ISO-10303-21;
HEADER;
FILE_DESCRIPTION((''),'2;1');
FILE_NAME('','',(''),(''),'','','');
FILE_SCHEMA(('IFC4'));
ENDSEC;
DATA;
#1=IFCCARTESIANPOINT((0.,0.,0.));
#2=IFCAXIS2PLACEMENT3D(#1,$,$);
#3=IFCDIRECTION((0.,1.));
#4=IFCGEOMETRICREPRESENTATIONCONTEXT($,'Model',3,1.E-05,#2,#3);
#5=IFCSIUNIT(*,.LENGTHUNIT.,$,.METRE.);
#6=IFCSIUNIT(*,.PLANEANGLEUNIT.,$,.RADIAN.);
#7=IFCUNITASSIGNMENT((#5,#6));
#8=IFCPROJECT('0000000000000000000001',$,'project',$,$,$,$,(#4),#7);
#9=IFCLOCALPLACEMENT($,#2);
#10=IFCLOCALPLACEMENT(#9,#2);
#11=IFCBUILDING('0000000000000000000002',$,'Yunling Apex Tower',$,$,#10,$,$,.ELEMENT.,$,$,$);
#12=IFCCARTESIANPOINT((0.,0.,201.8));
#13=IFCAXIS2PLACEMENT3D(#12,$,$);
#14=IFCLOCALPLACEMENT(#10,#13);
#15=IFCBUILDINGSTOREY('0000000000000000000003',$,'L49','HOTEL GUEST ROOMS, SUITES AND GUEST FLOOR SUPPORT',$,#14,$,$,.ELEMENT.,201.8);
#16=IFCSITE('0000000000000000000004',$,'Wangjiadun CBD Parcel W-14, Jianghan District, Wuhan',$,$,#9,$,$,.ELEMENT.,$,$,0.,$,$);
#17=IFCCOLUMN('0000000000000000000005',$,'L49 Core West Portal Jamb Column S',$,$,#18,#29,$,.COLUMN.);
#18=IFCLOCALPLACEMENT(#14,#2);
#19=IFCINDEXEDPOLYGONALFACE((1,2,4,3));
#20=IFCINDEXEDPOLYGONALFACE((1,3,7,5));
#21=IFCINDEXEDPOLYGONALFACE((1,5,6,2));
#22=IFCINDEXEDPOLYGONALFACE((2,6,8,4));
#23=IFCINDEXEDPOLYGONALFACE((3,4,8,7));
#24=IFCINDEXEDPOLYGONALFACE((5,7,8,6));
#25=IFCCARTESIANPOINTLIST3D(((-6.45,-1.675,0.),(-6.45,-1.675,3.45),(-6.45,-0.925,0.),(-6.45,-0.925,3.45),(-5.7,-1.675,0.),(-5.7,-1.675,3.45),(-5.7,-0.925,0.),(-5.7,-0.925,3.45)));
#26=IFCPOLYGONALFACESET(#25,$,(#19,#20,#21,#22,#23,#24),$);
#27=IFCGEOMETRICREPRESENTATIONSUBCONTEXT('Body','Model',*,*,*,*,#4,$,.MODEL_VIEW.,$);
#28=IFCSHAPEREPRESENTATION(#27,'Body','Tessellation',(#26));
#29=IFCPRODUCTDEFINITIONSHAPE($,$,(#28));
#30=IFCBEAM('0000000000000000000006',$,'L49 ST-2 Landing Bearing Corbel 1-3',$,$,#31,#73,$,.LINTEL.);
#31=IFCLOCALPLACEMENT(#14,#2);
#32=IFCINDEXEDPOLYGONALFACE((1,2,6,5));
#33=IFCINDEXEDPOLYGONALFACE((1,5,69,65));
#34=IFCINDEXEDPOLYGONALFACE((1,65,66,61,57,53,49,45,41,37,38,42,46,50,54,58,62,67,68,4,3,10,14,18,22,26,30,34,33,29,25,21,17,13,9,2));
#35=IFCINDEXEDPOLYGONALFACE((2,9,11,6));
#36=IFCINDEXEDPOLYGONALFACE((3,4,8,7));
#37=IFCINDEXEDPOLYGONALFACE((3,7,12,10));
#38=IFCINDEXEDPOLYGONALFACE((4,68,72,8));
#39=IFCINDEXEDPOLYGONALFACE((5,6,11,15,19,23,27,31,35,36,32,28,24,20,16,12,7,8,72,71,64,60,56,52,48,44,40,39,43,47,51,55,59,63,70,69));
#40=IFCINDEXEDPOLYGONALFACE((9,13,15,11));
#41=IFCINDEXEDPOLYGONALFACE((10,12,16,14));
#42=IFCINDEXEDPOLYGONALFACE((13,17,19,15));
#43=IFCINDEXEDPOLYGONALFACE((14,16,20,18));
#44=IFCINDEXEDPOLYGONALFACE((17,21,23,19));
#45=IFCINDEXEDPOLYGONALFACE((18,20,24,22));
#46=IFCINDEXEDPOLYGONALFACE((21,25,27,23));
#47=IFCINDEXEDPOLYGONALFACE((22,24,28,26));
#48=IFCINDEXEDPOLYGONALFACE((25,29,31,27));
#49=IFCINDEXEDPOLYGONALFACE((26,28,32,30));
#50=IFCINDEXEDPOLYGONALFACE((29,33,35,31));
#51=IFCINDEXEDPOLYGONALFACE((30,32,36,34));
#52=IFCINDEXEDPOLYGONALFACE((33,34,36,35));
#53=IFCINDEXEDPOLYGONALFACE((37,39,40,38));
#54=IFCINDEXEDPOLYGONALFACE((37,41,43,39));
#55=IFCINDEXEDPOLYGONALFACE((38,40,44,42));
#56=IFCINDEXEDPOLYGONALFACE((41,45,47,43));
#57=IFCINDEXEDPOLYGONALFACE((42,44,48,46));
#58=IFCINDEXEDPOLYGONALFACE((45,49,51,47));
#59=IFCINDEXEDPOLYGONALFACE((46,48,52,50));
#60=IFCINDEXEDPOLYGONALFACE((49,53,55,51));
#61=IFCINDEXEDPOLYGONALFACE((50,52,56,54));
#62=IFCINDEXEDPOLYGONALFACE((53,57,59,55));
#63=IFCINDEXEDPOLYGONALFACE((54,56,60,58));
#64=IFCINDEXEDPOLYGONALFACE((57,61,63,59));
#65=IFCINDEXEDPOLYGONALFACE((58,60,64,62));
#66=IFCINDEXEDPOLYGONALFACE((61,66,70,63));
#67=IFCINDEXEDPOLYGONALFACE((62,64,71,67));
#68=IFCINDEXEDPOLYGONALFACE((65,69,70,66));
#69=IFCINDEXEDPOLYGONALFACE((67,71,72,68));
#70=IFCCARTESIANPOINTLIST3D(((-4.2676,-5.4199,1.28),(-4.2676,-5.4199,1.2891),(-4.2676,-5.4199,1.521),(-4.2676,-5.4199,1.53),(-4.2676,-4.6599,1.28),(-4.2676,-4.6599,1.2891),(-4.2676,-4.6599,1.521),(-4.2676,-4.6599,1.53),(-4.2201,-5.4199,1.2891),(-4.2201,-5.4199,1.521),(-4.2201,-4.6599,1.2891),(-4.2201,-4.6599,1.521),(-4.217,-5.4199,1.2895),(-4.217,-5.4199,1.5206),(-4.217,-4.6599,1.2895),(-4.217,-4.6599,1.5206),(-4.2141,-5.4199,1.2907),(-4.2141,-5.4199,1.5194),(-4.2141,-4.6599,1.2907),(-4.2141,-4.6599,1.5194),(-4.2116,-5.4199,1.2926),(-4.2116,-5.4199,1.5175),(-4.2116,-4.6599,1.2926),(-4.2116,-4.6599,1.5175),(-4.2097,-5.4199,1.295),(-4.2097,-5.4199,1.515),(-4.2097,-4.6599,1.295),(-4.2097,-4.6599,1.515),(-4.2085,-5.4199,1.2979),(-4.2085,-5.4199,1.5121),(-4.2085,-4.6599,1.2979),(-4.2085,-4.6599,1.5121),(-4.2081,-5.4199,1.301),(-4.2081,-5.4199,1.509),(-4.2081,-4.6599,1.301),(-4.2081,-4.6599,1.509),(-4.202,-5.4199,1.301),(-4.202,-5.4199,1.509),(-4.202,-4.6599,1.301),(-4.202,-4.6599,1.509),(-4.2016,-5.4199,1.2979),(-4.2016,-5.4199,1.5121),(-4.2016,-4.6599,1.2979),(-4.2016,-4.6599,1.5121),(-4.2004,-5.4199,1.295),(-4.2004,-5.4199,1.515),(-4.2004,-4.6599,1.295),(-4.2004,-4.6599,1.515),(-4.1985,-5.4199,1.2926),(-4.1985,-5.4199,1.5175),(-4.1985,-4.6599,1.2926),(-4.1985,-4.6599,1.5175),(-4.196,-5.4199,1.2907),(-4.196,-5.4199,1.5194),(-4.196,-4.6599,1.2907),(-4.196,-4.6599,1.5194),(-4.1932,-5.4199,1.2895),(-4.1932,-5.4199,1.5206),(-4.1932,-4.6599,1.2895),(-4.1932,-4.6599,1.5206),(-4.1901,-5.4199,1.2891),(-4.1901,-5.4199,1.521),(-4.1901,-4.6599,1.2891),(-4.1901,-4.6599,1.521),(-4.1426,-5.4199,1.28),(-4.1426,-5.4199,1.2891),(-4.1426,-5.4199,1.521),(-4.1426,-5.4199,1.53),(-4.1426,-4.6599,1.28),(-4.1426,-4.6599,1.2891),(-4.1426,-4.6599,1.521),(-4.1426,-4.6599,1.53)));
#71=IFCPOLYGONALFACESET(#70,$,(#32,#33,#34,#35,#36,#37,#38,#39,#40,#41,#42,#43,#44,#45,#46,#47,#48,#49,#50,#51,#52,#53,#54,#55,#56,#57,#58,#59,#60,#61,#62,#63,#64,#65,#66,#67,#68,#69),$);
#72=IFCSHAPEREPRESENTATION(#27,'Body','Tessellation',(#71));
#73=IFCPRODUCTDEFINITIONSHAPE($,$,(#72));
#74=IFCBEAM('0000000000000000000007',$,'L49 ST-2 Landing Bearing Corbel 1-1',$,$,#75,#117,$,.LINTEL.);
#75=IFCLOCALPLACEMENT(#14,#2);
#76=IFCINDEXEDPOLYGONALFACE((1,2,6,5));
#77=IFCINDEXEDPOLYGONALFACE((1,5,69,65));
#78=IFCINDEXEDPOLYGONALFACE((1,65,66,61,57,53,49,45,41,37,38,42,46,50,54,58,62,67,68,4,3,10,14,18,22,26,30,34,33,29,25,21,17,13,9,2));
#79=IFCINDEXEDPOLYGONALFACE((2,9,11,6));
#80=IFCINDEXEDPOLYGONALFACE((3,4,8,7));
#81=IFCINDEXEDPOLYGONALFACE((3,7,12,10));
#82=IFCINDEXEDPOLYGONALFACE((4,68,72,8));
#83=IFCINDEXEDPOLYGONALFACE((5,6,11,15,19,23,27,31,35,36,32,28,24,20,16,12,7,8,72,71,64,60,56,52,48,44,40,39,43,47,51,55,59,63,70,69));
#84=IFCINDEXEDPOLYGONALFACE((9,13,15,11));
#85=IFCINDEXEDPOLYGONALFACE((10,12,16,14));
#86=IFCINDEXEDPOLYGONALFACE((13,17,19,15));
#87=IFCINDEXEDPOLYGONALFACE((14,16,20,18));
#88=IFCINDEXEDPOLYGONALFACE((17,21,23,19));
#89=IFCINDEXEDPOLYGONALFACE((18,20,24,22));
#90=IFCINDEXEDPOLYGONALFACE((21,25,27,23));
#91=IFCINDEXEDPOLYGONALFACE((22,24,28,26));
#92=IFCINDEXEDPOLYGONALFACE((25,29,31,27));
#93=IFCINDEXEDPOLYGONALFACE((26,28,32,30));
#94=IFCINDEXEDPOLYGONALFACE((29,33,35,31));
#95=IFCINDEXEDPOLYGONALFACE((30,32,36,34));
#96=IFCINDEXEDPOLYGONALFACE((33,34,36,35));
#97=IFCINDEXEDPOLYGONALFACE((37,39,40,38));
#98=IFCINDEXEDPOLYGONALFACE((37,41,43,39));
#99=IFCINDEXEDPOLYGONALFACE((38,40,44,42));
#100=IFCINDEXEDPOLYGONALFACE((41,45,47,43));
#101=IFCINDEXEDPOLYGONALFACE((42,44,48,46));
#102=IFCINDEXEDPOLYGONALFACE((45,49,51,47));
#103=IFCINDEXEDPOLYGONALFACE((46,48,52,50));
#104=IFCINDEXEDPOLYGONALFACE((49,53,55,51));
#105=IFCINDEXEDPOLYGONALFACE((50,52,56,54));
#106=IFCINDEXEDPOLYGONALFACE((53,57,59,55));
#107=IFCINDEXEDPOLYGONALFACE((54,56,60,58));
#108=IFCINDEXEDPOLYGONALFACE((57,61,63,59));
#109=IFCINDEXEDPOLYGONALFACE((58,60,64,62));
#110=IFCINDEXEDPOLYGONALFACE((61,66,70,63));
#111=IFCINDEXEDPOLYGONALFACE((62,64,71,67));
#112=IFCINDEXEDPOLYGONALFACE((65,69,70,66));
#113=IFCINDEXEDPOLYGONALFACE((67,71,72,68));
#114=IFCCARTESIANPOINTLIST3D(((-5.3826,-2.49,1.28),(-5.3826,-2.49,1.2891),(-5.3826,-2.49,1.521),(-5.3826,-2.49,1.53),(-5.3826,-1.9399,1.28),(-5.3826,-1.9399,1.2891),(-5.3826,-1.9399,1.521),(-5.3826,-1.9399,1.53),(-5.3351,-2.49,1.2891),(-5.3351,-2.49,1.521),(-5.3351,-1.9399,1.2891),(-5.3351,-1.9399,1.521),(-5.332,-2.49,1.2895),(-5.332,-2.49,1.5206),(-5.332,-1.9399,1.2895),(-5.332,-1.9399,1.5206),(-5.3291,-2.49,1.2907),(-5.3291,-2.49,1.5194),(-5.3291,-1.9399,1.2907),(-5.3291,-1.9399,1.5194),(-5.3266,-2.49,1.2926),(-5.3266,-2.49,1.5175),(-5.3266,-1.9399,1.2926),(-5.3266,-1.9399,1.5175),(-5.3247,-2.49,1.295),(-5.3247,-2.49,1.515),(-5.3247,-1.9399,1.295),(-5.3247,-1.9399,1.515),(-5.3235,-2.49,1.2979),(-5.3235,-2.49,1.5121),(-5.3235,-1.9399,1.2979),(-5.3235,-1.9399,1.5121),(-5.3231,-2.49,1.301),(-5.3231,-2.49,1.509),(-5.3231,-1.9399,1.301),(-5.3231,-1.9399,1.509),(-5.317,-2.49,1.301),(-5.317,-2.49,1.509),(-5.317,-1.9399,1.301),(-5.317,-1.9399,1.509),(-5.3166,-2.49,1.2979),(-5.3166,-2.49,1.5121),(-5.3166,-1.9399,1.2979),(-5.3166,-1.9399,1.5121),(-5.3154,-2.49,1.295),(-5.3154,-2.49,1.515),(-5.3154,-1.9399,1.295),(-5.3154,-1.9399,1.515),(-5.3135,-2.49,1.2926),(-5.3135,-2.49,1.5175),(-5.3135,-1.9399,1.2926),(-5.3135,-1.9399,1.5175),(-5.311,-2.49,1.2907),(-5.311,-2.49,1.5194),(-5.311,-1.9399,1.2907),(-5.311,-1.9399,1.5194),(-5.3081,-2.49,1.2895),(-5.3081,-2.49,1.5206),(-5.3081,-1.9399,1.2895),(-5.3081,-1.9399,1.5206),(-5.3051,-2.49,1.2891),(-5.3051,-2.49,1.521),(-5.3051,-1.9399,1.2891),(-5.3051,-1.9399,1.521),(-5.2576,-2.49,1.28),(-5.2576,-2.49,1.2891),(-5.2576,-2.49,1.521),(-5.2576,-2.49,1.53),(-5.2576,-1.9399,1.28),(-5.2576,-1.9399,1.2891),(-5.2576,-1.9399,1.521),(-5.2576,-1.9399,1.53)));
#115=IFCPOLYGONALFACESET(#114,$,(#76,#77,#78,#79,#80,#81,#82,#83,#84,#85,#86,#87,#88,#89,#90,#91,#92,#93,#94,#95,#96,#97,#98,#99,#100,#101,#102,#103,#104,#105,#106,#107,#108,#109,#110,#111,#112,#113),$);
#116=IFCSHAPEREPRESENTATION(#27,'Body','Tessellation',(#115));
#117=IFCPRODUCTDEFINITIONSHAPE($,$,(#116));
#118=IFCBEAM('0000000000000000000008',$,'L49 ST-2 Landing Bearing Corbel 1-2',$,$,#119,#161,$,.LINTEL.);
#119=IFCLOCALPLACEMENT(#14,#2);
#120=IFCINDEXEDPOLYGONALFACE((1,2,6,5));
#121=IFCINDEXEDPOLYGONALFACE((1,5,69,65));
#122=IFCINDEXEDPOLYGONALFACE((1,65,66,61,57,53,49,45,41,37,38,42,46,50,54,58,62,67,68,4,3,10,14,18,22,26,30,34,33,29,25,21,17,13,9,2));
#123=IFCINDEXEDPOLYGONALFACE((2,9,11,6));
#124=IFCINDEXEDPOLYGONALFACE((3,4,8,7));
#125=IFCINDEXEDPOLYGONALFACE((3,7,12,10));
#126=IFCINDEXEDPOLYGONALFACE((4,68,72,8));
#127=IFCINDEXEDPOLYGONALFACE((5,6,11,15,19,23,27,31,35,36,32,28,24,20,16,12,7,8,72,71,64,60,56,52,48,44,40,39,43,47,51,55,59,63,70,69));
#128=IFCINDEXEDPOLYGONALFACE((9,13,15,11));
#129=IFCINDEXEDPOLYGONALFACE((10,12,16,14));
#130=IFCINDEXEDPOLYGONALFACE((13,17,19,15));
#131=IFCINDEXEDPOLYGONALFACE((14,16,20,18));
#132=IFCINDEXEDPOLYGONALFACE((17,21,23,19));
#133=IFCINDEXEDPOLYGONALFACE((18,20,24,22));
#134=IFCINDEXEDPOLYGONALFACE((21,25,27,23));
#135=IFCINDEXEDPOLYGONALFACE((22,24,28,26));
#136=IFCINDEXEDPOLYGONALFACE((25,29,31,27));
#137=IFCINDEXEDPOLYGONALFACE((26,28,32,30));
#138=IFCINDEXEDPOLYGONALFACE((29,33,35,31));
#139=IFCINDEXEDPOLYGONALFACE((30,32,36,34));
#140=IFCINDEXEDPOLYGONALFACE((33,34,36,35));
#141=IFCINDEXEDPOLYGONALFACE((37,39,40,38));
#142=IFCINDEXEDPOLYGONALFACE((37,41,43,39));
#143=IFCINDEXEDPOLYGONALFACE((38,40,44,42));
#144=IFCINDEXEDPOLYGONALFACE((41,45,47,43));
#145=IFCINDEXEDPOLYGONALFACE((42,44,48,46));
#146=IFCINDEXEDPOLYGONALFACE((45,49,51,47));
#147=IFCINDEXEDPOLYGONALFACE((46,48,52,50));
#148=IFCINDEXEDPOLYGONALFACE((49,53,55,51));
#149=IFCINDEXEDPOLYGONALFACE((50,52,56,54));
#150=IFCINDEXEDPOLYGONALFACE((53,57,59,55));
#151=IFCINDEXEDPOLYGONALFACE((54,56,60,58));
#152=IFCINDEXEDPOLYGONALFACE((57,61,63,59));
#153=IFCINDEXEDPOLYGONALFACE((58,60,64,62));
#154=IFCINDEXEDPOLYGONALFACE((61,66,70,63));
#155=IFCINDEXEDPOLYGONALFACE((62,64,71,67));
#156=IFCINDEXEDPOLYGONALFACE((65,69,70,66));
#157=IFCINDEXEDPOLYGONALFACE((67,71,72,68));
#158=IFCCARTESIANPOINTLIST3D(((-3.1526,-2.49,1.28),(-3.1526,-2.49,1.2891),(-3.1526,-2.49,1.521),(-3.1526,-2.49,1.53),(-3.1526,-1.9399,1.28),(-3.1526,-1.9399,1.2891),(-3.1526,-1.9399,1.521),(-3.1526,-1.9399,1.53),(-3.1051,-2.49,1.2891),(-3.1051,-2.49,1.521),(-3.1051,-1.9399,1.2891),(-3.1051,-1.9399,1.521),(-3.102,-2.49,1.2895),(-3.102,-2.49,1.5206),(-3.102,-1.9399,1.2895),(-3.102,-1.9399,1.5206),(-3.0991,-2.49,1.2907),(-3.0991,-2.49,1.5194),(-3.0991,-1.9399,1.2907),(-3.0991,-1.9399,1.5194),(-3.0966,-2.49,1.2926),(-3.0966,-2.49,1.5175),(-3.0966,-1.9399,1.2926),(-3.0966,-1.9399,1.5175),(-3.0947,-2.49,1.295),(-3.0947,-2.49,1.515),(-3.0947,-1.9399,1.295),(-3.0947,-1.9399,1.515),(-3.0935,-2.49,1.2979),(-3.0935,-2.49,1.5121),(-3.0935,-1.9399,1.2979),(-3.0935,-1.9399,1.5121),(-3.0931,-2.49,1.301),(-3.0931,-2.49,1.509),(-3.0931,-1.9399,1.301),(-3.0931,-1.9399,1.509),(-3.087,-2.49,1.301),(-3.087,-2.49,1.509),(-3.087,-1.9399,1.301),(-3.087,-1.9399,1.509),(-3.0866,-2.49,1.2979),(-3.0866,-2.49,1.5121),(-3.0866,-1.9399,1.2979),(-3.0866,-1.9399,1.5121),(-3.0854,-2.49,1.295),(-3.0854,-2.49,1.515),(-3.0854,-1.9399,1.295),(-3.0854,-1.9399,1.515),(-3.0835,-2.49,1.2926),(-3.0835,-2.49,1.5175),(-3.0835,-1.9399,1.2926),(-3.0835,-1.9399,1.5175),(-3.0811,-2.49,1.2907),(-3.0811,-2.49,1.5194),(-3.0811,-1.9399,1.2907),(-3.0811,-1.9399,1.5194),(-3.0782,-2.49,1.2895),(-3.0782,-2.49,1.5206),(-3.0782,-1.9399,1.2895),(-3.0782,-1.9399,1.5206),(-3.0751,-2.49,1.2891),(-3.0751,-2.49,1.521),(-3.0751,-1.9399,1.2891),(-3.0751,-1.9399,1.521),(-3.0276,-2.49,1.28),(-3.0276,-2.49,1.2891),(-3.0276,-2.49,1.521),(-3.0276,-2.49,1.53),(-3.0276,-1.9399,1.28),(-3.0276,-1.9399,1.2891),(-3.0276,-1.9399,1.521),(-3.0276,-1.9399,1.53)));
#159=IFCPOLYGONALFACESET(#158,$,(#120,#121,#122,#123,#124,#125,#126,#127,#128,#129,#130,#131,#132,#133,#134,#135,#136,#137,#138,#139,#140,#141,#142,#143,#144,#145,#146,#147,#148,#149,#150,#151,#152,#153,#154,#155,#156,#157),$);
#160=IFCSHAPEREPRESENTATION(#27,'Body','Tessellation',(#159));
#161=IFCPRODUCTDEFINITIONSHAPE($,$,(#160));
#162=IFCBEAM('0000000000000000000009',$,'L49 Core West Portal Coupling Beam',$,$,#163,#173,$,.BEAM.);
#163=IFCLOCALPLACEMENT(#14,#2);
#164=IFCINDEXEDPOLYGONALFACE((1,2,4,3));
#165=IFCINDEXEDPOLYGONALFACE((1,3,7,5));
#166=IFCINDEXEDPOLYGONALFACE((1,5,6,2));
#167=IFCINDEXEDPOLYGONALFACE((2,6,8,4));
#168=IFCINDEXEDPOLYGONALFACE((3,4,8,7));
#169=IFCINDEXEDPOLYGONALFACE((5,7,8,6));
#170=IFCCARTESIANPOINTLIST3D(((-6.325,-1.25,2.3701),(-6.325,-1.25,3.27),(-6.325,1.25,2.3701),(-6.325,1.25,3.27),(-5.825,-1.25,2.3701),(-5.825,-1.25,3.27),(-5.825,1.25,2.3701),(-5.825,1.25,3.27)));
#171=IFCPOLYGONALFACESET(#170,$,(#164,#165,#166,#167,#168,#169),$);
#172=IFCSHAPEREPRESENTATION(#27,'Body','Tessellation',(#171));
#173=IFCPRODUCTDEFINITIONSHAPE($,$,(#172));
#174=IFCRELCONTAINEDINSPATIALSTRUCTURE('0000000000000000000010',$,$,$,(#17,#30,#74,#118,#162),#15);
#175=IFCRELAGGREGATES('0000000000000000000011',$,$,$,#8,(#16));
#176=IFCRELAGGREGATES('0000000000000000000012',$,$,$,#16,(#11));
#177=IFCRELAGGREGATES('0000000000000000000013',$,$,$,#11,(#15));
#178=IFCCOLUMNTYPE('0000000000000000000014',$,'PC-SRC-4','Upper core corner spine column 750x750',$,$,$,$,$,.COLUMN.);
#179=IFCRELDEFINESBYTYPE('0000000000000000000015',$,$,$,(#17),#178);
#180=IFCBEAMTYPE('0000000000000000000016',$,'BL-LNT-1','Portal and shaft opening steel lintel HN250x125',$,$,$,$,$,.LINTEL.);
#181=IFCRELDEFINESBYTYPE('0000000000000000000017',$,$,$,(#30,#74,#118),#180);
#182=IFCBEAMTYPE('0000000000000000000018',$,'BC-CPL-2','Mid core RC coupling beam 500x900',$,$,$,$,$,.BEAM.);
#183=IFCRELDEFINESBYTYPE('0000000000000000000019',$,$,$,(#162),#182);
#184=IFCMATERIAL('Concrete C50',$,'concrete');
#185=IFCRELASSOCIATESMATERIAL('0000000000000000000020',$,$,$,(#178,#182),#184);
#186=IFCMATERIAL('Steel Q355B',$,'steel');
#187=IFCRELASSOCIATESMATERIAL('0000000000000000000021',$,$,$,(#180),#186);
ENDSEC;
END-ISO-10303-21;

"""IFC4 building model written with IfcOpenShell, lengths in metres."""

from ifc_helpers import new_model, si_unit, direction, frame, origin, origin_2d, place, context, subcontext, project, spatial, rectangle, i_section, extrude, source, transform, mapped, material, material_profile, profile_set, type_object, element, save


model = new_model("IFC4")

# Units and contexts
model_context = context("Model", 3, precision=1e-05, world=origin(), true_north=direction((0.0, 1.0)))
body_context = subcontext(model_context, "Body", "Model", "MODEL_VIEW")
ifc_project = project(units=[si_unit("LENGTHUNIT", "METRE"), si_unit("PLANEANGLEUNIT", "RADIAN")], contexts=[model_context])

# Site, building, storey
site_placement = place(None, origin())
site = spatial("IfcSite", under=ifc_project, at=site_placement, Name="Wangjiadun CBD Parcel W-14, Jianghan District, Wuhan", CompositionType="ELEMENT", RefElevation=0.0)
building_placement = place(site_placement, origin())
building = spatial("IfcBuilding", under=site, at=building_placement, Name="Yunling Apex Tower", CompositionType="ELEMENT")
storey_placement = place(building_placement, frame((0.0, 0.0, 201.8)))
storey = spatial("IfcBuildingStorey", under=building, at=storey_placement, Name="L49", Description="HOTEL GUEST ROOMS, SUITES AND GUEST FLOOR SUPPORT", CompositionType="ELEMENT", Elevation=201.8)

# Column
ifc_material_1 = material(Name="Concrete C50", Category="concrete")
ifc_material_profile_1 = material_profile(ifc_material_1, rectangle(XDim=0.75, YDim=0.75, at=origin_2d()))
ifc_profile_set_1 = profile_set([ifc_material_profile_1], Name="Concrete C50")
column_type = type_object("IfcColumnType", Name="PC-SRC-4", Description="Upper core corner spine column 750x750", PredefinedType="COLUMN", material=ifc_profile_set_1)
shared_shape_1 = source(origin(), body_context, "Body", "SweptSolid", [
    extrude(rectangle(XDim=0.75, YDim=0.75, at=origin_2d()), origin(), (0.0, 0.0, 1.0), 3.45),
])
column_placement = place(storey_placement, frame((-6.075, -1.3, 0.0), z_axis=(0.0, 0.0, 1.0), x_axis=(1.0, 0.0, 0.0)))
element("IfcColumn", 1, at=column_placement, inside=storey, type_object=column_type, Name="L49 Core West Portal Jamb Column S", PredefinedType="COLUMN", context=body_context, shape_type="MappedRepresentation", body=[
    mapped(shared_shape_1, transform((0.0, 0.0, 0.0), scale=1.0)),
])

# Beams
ifc_material_2 = material(Name="Steel Q355B", Category="steel")
ifc_material_profile_2 = material_profile(ifc_material_2, i_section(OverallWidth=0.125, OverallDepth=0.25, WebThickness=0.0061, FlangeThickness=0.009, FilletRadius=0.012, at=origin_2d()))
ifc_profile_set_2 = profile_set([ifc_material_profile_2], Name="Steel Q355B")
beam_type_1 = type_object("IfcBeamType", Name="BL-LNT-1", Description="Portal and shaft opening steel lintel HN250x125", PredefinedType="LINTEL", material=ifc_profile_set_2)
shared_shape_2 = source(origin(), body_context, "Body", "SweptSolid", [
    extrude(i_section(OverallWidth=0.125, OverallDepth=0.25, WebThickness=0.0061, FlangeThickness=0.009, FilletRadius=0.012, at=origin_2d()), origin(), (0.0, 0.0, 1.0), 0.76),
])
beam_1_placement = place(storey_placement, frame((-4.2051, -5.4199, 1.405), z_axis=(0.0, 1.0, 0.0), x_axis=(-1.0, 0.0, 0.0)))
element("IfcBeam", 2, at=beam_1_placement, inside=storey, type_object=beam_type_1, Name="L49 ST-2 Landing Bearing Corbel 1-3", PredefinedType="LINTEL", context=body_context, shape_type="MappedRepresentation", body=[
    mapped(shared_shape_2, transform((0.0, 0.0, 0.0), scale=1.0)),
])
shared_shape_3 = source(origin(), body_context, "Body", "SweptSolid", [
    extrude(i_section(OverallWidth=0.125, OverallDepth=0.25, WebThickness=0.0061, FlangeThickness=0.009, FilletRadius=0.012, at=origin_2d()), origin(), (0.0, 0.0, 1.0), 0.55),
])
for number, where, z_axis, x_axis, name in (
    (3, (-5.3201, -1.9399, 1.405), (0.0, -1.0, 0.0), (1.0, 0.0, 0.0), "L49 ST-2 Landing Bearing Corbel 1-1"),
    (4, (-3.0901, -1.9399, 1.405), (0.0, -1.0, 0.0), (1.0, 0.0, 0.0), "L49 ST-2 Landing Bearing Corbel 1-2"),
):
    element("IfcBeam", number, at=place(storey_placement, frame(where, z_axis=z_axis, x_axis=x_axis)), inside=storey, type_object=beam_type_1, Name=name, PredefinedType="LINTEL", context=body_context, shape_type="MappedRepresentation", body=[
        mapped(shared_shape_3, transform((0.0, 0.0, 0.0), scale=1.0)),
    ])
ifc_material_profile_3 = material_profile(ifc_material_1, rectangle(XDim=0.5, YDim=0.8999, at=origin_2d()))
ifc_profile_set_3 = profile_set([ifc_material_profile_3], Name="Concrete C50")
beam_type_2 = type_object("IfcBeamType", Name="BC-CPL-2", Description="Mid core RC coupling beam 500x900", PredefinedType="BEAM", material=ifc_profile_set_3)
shared_shape_4 = source(origin(), body_context, "Body", "SweptSolid", [
    extrude(rectangle(XDim=0.5, YDim=0.8999, at=origin_2d()), origin(), (0.0, 0.0, 1.0), 2.5),
])
beam_2_placement = place(storey_placement, frame((-6.075, -1.25, 2.8201), z_axis=(0.0, 1.0, 0.0), x_axis=(-1.0, 0.0, 0.0)))
element("IfcBeam", 5, at=beam_2_placement, inside=storey, type_object=beam_type_2, Name="L49 Core West Portal Coupling Beam", PredefinedType="BEAM", context=body_context, shape_type="MappedRepresentation", body=[
    mapped(shared_shape_4, transform((0.0, 0.0, 0.0), scale=1.0)),
])

save(model, "model.ifc")
